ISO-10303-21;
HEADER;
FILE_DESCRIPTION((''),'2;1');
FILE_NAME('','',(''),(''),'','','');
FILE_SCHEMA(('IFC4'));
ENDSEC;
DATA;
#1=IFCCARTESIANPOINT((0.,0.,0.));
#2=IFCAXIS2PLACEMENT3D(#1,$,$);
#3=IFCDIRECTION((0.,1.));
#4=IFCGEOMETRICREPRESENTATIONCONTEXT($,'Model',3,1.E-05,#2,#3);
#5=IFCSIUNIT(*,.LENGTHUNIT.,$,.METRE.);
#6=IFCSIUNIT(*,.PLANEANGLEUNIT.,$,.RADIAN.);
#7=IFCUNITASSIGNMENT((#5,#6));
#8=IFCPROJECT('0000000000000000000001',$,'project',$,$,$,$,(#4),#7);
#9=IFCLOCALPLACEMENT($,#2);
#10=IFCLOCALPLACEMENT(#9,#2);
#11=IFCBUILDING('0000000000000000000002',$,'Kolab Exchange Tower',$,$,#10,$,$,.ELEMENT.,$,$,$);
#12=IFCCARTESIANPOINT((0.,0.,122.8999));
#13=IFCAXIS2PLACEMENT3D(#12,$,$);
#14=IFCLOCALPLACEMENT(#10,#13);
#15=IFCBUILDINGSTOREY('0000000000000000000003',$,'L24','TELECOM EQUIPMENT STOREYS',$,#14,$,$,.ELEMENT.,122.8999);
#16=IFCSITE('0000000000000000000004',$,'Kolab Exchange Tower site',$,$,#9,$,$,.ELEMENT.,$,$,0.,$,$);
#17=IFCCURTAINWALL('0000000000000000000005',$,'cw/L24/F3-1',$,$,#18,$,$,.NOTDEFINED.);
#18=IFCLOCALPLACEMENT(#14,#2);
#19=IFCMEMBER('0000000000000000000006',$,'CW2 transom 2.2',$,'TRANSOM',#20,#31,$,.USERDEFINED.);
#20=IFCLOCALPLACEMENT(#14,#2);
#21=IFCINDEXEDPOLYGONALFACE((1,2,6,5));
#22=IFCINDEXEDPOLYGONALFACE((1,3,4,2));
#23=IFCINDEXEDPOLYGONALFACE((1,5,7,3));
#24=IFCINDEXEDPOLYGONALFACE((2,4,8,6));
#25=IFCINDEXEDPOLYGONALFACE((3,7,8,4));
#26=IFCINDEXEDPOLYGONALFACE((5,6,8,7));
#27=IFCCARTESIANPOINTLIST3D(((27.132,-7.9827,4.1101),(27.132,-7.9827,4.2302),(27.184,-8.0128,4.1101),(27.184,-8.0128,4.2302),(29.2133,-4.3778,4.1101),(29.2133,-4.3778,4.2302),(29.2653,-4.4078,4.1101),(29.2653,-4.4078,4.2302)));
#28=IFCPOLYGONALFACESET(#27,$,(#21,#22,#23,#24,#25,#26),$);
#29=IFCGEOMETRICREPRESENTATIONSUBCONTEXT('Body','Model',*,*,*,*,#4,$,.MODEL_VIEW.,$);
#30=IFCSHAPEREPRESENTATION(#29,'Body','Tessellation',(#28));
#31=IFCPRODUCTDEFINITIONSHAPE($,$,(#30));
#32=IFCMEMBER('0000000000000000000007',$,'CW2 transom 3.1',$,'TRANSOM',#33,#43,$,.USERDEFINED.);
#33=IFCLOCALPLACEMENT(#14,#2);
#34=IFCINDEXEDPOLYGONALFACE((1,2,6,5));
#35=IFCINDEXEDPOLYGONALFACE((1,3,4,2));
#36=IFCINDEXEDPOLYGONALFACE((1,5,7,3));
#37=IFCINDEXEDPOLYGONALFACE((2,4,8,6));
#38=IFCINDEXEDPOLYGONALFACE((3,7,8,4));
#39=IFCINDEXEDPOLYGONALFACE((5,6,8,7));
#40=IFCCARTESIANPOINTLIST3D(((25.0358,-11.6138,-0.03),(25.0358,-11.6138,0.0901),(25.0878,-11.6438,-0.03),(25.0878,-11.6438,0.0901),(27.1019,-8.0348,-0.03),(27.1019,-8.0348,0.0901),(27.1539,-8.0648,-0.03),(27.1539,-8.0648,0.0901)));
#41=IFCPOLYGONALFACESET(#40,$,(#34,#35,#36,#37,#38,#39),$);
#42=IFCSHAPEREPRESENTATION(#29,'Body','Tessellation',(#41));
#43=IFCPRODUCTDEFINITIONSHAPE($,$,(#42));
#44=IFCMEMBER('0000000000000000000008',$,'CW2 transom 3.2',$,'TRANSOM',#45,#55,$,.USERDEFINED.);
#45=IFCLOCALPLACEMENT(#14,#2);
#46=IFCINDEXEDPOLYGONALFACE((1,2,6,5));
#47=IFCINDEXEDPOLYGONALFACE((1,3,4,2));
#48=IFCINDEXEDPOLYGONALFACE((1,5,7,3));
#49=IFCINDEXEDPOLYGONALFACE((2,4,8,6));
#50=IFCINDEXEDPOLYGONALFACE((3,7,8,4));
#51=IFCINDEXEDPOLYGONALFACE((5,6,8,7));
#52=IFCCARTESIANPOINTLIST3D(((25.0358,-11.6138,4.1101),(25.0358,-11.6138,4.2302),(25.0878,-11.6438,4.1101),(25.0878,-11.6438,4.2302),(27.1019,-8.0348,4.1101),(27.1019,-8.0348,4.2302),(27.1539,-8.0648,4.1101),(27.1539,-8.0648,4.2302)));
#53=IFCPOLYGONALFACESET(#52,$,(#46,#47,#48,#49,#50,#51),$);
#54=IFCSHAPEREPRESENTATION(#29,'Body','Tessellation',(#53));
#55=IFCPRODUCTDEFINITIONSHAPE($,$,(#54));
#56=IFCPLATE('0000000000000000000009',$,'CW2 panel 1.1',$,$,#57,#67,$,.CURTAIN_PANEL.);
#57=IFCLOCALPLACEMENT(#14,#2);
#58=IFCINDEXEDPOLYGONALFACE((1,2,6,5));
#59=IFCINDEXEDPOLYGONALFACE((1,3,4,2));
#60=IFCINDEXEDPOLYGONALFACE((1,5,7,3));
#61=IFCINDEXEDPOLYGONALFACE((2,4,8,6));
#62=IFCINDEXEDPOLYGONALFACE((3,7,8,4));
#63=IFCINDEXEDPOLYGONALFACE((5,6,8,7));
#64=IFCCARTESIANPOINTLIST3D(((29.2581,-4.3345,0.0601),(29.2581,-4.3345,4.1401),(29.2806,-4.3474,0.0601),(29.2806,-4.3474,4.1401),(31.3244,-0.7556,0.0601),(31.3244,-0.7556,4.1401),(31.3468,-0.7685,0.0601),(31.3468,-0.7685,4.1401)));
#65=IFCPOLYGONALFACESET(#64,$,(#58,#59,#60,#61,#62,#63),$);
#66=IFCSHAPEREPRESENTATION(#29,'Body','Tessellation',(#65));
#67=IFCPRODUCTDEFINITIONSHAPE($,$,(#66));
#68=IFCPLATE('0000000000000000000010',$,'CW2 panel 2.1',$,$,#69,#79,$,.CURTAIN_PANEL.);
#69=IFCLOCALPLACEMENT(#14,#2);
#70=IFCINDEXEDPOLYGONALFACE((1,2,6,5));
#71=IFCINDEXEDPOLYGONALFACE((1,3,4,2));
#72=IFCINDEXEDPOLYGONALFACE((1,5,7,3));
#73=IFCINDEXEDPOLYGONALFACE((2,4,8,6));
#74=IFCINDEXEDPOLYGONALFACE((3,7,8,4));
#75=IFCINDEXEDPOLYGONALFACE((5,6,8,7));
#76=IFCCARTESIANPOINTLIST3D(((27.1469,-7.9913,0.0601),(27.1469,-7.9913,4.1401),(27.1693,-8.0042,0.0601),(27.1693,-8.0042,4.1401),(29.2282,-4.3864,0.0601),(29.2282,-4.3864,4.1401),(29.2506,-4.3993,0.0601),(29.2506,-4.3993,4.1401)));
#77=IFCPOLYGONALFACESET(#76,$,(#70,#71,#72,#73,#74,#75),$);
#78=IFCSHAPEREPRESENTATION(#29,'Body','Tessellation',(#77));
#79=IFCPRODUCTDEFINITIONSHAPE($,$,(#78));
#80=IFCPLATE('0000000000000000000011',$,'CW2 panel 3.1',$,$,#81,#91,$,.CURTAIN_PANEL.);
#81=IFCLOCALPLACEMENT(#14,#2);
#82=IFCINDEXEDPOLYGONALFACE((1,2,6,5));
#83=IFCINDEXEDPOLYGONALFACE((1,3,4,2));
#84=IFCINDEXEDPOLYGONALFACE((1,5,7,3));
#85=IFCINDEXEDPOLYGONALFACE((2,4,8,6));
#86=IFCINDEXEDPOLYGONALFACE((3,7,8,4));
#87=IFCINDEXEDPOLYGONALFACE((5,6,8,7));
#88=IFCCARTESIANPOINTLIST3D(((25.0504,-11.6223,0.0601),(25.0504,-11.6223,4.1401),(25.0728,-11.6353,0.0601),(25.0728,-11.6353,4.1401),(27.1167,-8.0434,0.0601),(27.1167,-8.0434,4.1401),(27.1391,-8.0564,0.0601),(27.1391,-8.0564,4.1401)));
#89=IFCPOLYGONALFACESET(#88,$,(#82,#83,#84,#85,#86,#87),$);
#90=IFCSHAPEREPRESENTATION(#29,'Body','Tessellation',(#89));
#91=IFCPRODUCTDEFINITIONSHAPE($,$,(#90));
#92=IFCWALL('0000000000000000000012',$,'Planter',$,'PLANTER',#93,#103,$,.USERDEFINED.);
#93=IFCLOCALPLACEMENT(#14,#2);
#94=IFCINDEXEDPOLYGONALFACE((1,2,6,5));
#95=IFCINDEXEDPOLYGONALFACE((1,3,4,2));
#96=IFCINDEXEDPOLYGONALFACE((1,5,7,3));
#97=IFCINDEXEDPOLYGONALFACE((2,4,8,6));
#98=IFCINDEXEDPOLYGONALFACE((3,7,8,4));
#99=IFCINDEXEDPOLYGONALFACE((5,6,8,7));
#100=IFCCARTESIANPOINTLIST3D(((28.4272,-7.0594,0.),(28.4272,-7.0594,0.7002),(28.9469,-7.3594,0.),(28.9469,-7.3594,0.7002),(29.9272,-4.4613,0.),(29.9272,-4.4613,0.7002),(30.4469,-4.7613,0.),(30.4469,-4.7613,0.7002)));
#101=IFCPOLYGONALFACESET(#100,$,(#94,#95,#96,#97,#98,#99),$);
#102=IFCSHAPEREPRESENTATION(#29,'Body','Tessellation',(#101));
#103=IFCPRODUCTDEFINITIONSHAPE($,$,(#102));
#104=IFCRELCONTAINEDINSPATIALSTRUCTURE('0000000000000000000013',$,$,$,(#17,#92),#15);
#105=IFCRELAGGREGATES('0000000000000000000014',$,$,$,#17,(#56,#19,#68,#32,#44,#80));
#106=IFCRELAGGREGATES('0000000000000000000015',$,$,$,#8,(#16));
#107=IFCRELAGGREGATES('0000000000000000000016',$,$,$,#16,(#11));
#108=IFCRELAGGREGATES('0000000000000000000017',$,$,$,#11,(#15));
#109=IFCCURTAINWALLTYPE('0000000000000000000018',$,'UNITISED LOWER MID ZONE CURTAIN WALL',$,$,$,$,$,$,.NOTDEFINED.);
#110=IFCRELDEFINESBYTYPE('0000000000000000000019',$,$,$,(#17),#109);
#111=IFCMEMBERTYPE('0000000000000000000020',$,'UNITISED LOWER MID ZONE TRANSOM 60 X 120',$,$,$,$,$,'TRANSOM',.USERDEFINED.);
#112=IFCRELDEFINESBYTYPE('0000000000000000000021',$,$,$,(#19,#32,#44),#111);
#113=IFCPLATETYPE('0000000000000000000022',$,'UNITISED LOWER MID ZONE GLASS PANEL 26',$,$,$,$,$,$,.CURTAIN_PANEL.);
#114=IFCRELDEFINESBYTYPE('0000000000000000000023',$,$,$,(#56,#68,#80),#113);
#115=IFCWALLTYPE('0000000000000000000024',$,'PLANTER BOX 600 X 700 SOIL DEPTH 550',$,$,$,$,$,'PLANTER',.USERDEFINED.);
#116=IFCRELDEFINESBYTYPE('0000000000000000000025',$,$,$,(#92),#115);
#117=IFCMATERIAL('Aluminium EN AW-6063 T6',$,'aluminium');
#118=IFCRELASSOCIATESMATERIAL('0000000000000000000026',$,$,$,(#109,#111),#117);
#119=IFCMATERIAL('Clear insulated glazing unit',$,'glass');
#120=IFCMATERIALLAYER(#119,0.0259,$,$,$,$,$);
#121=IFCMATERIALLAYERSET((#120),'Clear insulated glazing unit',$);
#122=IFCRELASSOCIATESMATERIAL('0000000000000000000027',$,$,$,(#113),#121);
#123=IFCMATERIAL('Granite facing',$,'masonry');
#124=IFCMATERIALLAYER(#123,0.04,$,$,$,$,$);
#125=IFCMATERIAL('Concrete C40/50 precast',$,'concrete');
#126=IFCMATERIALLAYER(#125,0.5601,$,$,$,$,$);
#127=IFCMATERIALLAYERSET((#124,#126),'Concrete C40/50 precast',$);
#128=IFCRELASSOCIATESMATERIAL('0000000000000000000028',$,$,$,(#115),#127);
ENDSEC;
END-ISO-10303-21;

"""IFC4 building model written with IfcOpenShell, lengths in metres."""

from ifc_helpers import new_model, si_unit, direction, frame, frame_2d, origin, origin_2d, place, context, subcontext, project, spatial, rectangle, extrude, material, layer, layer_set, material_profile, profile_set, type_object, element, aggregate, save


model = new_model("IFC4")

# Units and contexts
model_context = context("Model", 3, precision=1e-05, world=origin(), true_north=direction((0.0, 1.0)))
body_context = subcontext(model_context, "Body", "Model", "MODEL_VIEW")
ifc_project = project(units=[si_unit("LENGTHUNIT", "METRE"), si_unit("PLANEANGLEUNIT", "RADIAN")], contexts=[model_context])

# Site, building, storey
site_placement = place(None, origin())
site = spatial("IfcSite", under=ifc_project, at=site_placement, Name="Kolab Exchange Tower site", CompositionType="ELEMENT", RefElevation=0.0)
building_placement = place(site_placement, origin())
building = spatial("IfcBuilding", under=site, at=building_placement, Name="Kolab Exchange Tower", CompositionType="ELEMENT")
storey_placement = place(building_placement, frame((0.0, 0.0, 122.8999)))
storey = spatial("IfcBuildingStorey", under=building, at=storey_placement, Name="L24", Description="TELECOM EQUIPMENT STOREYS", CompositionType="ELEMENT", Elevation=122.8999)

# Curtain wall
ifc_material_1 = material(Name="Aluminium EN AW-6063 T6", Category="aluminium")
curtain_wall_type = type_object("IfcCurtainWallType", Name="UNITISED LOWER MID ZONE CURTAIN WALL", PredefinedType="NOTDEFINED", material=ifc_material_1)
curtain_wall_1_placement = place(storey_placement, origin())
curtain_wall_1 = element("IfcCurtainWall", 1, at=curtain_wall_1_placement, inside=storey, type_object=curtain_wall_type, Name="cw/L24/F3-1", PredefinedType="NOTDEFINED")

# Members
ifc_material_profile_1 = material_profile(ifc_material_1, rectangle(XDim=0.0601, YDim=0.1201, at=origin_2d()), Name="RECT 60X120")
ifc_profile_set_1 = profile_set([ifc_material_profile_1], Name="Aluminium EN AW-6063 T6")
member_type_1 = type_object("IfcMemberType", Name="UNITISED LOWER MID ZONE TRANSOM 60 X 120", ElementType="TRANSOM", PredefinedType="USERDEFINED", material=ifc_profile_set_1)
member_1_placement = place(storey_placement, frame((29.2393, -4.3928, 4.1702), z_axis=(-0.499993, -0.866029, 0.0), x_axis=(0.866029, -0.499993, 0.0)))
member_1 = element("IfcMember", 2, at=member_1_placement, type_object=member_type_1, Name="CW2 transom 2.2", ObjectType="TRANSOM", PredefinedType="USERDEFINED", context=body_context, shape_type="SweptSolid", body=[
    extrude(rectangle(XDim=0.0601, YDim=0.1201, at=origin_2d()), origin(), (0.0, 0.0, 1.0), 4.1626),
])
member_2_placement = place(storey_placement, frame((27.1279, -8.0498, 0.03), z_axis=(-0.499958, -0.86605, 0.0), x_axis=(0.86605, -0.499958, 0.0)))
member_2 = element("IfcMember", 3, at=member_2_placement, type_object=member_type_1, Name="CW2 transom 3.1", ObjectType="TRANSOM", PredefinedType="USERDEFINED", context=body_context, shape_type="SweptSolid", body=[
    extrude(rectangle(XDim=0.0601, YDim=0.1201, at=origin_2d()), origin(), (0.0, 0.0, 1.0), 4.1326),
])
member_3_placement = place(storey_placement, frame((27.1279, -8.0498, 4.1702), z_axis=(-0.499958, -0.86605, 0.0), x_axis=(0.86605, -0.499958, 0.0)))
member_3 = element("IfcMember", 4, at=member_3_placement, type_object=member_type_1, Name="CW2 transom 3.2", ObjectType="TRANSOM", PredefinedType="USERDEFINED", context=body_context, shape_type="SweptSolid", body=[
    extrude(rectangle(XDim=0.0601, YDim=0.1201, at=origin_2d()), origin(), (0.0, 0.0, 1.0), 4.1326),
])

# Plates
ifc_material_2 = material(Name="Clear insulated glazing unit", Category="glass")
ifc_layer_1 = layer(ifc_material_2, 0.0259)
ifc_layer_set_1 = layer_set([ifc_layer_1], Name="Clear insulated glazing unit")
plate_type = type_object("IfcPlateType", Name="UNITISED LOWER MID ZONE GLASS PANEL 26", PredefinedType="CURTAIN_PANEL", material=ifc_layer_set_1)
plate_1_placement = place(storey_placement, frame((30.3025, -2.5515, 0.0601), z_axis=(0.0, 0.0, 1.0), x_axis=(-0.5, -0.866025, 0.0)))
plate_1 = element("IfcPlate", 5, at=plate_1_placement, type_object=plate_type, Name="CW2 panel 1.1", PredefinedType="CURTAIN_PANEL", context=body_context, shape_type="SweptSolid", body=[
    extrude(rectangle(XDim=4.1326, YDim=0.0259, at=origin_2d()), origin(), (0.0, 0.0, 1.0), 4.0801),
])
plate_2_placement = place(storey_placement, frame((28.1987, -6.1953, 0.0601), z_axis=(0.0, 0.0, 1.0), x_axis=(-0.5, -0.866025, 0.0)))
plate_2 = element("IfcPlate", 6, at=plate_2_placement, type_object=plate_type, Name="CW2 panel 2.1", PredefinedType="CURTAIN_PANEL", context=body_context, shape_type="SweptSolid", body=[
    extrude(rectangle(XDim=4.1626, YDim=0.0259, at=origin_2d()), origin(), (0.0, 0.0, 1.0), 4.0801),
])
plate_3_placement = place(storey_placement, frame((26.0947, -9.8394, 0.0601), z_axis=(0.0, 0.0, 1.0), x_axis=(-0.5, -0.866025, 0.0)))
plate_3 = element("IfcPlate", 7, at=plate_3_placement, type_object=plate_type, Name="CW2 panel 3.1", PredefinedType="CURTAIN_PANEL", context=body_context, shape_type="SweptSolid", body=[
    extrude(rectangle(XDim=4.1326, YDim=0.0259, at=origin_2d()), origin(), (0.0, 0.0, 1.0), 4.0801),
])
aggregate(curtain_wall_1, [plate_1, member_1, plate_2, member_2, member_3, plate_3])

# Wall
ifc_material_3 = material(Name="Granite facing", Category="masonry")
ifc_layer_2 = layer(ifc_material_3, 0.04)
ifc_material_4 = material(Name="Concrete C40/50 precast", Category="concrete")
ifc_layer_3 = layer(ifc_material_4, 0.5601)
ifc_layer_set_2 = layer_set([ifc_layer_2, ifc_layer_3], Name="Concrete C40/50 precast")
wall_type = type_object("IfcWallType", Name="PLANTER BOX 600 X 700 SOIL DEPTH 550", ElementType="PLANTER", PredefinedType="USERDEFINED", material=ifc_layer_set_2)
wall_placement = place(storey_placement, frame((30.187, -4.6113, 0.0), z_axis=(0.0, 0.0, 1.0), x_axis=(-0.49999, -0.866031, 0.0)))
element("IfcWall", 8, at=wall_placement, inside=storey, type_object=wall_type, Name="Planter", ObjectType="PLANTER", PredefinedType="USERDEFINED", context=body_context, shape_type="SweptSolid", body=[
    extrude(rectangle(XDim=3.0, YDim=0.6001, at=frame_2d((1.5, 0.0))), origin(), (0.0, 0.0, 1.0), 0.7002),
])

save(model, "model.ifc")
